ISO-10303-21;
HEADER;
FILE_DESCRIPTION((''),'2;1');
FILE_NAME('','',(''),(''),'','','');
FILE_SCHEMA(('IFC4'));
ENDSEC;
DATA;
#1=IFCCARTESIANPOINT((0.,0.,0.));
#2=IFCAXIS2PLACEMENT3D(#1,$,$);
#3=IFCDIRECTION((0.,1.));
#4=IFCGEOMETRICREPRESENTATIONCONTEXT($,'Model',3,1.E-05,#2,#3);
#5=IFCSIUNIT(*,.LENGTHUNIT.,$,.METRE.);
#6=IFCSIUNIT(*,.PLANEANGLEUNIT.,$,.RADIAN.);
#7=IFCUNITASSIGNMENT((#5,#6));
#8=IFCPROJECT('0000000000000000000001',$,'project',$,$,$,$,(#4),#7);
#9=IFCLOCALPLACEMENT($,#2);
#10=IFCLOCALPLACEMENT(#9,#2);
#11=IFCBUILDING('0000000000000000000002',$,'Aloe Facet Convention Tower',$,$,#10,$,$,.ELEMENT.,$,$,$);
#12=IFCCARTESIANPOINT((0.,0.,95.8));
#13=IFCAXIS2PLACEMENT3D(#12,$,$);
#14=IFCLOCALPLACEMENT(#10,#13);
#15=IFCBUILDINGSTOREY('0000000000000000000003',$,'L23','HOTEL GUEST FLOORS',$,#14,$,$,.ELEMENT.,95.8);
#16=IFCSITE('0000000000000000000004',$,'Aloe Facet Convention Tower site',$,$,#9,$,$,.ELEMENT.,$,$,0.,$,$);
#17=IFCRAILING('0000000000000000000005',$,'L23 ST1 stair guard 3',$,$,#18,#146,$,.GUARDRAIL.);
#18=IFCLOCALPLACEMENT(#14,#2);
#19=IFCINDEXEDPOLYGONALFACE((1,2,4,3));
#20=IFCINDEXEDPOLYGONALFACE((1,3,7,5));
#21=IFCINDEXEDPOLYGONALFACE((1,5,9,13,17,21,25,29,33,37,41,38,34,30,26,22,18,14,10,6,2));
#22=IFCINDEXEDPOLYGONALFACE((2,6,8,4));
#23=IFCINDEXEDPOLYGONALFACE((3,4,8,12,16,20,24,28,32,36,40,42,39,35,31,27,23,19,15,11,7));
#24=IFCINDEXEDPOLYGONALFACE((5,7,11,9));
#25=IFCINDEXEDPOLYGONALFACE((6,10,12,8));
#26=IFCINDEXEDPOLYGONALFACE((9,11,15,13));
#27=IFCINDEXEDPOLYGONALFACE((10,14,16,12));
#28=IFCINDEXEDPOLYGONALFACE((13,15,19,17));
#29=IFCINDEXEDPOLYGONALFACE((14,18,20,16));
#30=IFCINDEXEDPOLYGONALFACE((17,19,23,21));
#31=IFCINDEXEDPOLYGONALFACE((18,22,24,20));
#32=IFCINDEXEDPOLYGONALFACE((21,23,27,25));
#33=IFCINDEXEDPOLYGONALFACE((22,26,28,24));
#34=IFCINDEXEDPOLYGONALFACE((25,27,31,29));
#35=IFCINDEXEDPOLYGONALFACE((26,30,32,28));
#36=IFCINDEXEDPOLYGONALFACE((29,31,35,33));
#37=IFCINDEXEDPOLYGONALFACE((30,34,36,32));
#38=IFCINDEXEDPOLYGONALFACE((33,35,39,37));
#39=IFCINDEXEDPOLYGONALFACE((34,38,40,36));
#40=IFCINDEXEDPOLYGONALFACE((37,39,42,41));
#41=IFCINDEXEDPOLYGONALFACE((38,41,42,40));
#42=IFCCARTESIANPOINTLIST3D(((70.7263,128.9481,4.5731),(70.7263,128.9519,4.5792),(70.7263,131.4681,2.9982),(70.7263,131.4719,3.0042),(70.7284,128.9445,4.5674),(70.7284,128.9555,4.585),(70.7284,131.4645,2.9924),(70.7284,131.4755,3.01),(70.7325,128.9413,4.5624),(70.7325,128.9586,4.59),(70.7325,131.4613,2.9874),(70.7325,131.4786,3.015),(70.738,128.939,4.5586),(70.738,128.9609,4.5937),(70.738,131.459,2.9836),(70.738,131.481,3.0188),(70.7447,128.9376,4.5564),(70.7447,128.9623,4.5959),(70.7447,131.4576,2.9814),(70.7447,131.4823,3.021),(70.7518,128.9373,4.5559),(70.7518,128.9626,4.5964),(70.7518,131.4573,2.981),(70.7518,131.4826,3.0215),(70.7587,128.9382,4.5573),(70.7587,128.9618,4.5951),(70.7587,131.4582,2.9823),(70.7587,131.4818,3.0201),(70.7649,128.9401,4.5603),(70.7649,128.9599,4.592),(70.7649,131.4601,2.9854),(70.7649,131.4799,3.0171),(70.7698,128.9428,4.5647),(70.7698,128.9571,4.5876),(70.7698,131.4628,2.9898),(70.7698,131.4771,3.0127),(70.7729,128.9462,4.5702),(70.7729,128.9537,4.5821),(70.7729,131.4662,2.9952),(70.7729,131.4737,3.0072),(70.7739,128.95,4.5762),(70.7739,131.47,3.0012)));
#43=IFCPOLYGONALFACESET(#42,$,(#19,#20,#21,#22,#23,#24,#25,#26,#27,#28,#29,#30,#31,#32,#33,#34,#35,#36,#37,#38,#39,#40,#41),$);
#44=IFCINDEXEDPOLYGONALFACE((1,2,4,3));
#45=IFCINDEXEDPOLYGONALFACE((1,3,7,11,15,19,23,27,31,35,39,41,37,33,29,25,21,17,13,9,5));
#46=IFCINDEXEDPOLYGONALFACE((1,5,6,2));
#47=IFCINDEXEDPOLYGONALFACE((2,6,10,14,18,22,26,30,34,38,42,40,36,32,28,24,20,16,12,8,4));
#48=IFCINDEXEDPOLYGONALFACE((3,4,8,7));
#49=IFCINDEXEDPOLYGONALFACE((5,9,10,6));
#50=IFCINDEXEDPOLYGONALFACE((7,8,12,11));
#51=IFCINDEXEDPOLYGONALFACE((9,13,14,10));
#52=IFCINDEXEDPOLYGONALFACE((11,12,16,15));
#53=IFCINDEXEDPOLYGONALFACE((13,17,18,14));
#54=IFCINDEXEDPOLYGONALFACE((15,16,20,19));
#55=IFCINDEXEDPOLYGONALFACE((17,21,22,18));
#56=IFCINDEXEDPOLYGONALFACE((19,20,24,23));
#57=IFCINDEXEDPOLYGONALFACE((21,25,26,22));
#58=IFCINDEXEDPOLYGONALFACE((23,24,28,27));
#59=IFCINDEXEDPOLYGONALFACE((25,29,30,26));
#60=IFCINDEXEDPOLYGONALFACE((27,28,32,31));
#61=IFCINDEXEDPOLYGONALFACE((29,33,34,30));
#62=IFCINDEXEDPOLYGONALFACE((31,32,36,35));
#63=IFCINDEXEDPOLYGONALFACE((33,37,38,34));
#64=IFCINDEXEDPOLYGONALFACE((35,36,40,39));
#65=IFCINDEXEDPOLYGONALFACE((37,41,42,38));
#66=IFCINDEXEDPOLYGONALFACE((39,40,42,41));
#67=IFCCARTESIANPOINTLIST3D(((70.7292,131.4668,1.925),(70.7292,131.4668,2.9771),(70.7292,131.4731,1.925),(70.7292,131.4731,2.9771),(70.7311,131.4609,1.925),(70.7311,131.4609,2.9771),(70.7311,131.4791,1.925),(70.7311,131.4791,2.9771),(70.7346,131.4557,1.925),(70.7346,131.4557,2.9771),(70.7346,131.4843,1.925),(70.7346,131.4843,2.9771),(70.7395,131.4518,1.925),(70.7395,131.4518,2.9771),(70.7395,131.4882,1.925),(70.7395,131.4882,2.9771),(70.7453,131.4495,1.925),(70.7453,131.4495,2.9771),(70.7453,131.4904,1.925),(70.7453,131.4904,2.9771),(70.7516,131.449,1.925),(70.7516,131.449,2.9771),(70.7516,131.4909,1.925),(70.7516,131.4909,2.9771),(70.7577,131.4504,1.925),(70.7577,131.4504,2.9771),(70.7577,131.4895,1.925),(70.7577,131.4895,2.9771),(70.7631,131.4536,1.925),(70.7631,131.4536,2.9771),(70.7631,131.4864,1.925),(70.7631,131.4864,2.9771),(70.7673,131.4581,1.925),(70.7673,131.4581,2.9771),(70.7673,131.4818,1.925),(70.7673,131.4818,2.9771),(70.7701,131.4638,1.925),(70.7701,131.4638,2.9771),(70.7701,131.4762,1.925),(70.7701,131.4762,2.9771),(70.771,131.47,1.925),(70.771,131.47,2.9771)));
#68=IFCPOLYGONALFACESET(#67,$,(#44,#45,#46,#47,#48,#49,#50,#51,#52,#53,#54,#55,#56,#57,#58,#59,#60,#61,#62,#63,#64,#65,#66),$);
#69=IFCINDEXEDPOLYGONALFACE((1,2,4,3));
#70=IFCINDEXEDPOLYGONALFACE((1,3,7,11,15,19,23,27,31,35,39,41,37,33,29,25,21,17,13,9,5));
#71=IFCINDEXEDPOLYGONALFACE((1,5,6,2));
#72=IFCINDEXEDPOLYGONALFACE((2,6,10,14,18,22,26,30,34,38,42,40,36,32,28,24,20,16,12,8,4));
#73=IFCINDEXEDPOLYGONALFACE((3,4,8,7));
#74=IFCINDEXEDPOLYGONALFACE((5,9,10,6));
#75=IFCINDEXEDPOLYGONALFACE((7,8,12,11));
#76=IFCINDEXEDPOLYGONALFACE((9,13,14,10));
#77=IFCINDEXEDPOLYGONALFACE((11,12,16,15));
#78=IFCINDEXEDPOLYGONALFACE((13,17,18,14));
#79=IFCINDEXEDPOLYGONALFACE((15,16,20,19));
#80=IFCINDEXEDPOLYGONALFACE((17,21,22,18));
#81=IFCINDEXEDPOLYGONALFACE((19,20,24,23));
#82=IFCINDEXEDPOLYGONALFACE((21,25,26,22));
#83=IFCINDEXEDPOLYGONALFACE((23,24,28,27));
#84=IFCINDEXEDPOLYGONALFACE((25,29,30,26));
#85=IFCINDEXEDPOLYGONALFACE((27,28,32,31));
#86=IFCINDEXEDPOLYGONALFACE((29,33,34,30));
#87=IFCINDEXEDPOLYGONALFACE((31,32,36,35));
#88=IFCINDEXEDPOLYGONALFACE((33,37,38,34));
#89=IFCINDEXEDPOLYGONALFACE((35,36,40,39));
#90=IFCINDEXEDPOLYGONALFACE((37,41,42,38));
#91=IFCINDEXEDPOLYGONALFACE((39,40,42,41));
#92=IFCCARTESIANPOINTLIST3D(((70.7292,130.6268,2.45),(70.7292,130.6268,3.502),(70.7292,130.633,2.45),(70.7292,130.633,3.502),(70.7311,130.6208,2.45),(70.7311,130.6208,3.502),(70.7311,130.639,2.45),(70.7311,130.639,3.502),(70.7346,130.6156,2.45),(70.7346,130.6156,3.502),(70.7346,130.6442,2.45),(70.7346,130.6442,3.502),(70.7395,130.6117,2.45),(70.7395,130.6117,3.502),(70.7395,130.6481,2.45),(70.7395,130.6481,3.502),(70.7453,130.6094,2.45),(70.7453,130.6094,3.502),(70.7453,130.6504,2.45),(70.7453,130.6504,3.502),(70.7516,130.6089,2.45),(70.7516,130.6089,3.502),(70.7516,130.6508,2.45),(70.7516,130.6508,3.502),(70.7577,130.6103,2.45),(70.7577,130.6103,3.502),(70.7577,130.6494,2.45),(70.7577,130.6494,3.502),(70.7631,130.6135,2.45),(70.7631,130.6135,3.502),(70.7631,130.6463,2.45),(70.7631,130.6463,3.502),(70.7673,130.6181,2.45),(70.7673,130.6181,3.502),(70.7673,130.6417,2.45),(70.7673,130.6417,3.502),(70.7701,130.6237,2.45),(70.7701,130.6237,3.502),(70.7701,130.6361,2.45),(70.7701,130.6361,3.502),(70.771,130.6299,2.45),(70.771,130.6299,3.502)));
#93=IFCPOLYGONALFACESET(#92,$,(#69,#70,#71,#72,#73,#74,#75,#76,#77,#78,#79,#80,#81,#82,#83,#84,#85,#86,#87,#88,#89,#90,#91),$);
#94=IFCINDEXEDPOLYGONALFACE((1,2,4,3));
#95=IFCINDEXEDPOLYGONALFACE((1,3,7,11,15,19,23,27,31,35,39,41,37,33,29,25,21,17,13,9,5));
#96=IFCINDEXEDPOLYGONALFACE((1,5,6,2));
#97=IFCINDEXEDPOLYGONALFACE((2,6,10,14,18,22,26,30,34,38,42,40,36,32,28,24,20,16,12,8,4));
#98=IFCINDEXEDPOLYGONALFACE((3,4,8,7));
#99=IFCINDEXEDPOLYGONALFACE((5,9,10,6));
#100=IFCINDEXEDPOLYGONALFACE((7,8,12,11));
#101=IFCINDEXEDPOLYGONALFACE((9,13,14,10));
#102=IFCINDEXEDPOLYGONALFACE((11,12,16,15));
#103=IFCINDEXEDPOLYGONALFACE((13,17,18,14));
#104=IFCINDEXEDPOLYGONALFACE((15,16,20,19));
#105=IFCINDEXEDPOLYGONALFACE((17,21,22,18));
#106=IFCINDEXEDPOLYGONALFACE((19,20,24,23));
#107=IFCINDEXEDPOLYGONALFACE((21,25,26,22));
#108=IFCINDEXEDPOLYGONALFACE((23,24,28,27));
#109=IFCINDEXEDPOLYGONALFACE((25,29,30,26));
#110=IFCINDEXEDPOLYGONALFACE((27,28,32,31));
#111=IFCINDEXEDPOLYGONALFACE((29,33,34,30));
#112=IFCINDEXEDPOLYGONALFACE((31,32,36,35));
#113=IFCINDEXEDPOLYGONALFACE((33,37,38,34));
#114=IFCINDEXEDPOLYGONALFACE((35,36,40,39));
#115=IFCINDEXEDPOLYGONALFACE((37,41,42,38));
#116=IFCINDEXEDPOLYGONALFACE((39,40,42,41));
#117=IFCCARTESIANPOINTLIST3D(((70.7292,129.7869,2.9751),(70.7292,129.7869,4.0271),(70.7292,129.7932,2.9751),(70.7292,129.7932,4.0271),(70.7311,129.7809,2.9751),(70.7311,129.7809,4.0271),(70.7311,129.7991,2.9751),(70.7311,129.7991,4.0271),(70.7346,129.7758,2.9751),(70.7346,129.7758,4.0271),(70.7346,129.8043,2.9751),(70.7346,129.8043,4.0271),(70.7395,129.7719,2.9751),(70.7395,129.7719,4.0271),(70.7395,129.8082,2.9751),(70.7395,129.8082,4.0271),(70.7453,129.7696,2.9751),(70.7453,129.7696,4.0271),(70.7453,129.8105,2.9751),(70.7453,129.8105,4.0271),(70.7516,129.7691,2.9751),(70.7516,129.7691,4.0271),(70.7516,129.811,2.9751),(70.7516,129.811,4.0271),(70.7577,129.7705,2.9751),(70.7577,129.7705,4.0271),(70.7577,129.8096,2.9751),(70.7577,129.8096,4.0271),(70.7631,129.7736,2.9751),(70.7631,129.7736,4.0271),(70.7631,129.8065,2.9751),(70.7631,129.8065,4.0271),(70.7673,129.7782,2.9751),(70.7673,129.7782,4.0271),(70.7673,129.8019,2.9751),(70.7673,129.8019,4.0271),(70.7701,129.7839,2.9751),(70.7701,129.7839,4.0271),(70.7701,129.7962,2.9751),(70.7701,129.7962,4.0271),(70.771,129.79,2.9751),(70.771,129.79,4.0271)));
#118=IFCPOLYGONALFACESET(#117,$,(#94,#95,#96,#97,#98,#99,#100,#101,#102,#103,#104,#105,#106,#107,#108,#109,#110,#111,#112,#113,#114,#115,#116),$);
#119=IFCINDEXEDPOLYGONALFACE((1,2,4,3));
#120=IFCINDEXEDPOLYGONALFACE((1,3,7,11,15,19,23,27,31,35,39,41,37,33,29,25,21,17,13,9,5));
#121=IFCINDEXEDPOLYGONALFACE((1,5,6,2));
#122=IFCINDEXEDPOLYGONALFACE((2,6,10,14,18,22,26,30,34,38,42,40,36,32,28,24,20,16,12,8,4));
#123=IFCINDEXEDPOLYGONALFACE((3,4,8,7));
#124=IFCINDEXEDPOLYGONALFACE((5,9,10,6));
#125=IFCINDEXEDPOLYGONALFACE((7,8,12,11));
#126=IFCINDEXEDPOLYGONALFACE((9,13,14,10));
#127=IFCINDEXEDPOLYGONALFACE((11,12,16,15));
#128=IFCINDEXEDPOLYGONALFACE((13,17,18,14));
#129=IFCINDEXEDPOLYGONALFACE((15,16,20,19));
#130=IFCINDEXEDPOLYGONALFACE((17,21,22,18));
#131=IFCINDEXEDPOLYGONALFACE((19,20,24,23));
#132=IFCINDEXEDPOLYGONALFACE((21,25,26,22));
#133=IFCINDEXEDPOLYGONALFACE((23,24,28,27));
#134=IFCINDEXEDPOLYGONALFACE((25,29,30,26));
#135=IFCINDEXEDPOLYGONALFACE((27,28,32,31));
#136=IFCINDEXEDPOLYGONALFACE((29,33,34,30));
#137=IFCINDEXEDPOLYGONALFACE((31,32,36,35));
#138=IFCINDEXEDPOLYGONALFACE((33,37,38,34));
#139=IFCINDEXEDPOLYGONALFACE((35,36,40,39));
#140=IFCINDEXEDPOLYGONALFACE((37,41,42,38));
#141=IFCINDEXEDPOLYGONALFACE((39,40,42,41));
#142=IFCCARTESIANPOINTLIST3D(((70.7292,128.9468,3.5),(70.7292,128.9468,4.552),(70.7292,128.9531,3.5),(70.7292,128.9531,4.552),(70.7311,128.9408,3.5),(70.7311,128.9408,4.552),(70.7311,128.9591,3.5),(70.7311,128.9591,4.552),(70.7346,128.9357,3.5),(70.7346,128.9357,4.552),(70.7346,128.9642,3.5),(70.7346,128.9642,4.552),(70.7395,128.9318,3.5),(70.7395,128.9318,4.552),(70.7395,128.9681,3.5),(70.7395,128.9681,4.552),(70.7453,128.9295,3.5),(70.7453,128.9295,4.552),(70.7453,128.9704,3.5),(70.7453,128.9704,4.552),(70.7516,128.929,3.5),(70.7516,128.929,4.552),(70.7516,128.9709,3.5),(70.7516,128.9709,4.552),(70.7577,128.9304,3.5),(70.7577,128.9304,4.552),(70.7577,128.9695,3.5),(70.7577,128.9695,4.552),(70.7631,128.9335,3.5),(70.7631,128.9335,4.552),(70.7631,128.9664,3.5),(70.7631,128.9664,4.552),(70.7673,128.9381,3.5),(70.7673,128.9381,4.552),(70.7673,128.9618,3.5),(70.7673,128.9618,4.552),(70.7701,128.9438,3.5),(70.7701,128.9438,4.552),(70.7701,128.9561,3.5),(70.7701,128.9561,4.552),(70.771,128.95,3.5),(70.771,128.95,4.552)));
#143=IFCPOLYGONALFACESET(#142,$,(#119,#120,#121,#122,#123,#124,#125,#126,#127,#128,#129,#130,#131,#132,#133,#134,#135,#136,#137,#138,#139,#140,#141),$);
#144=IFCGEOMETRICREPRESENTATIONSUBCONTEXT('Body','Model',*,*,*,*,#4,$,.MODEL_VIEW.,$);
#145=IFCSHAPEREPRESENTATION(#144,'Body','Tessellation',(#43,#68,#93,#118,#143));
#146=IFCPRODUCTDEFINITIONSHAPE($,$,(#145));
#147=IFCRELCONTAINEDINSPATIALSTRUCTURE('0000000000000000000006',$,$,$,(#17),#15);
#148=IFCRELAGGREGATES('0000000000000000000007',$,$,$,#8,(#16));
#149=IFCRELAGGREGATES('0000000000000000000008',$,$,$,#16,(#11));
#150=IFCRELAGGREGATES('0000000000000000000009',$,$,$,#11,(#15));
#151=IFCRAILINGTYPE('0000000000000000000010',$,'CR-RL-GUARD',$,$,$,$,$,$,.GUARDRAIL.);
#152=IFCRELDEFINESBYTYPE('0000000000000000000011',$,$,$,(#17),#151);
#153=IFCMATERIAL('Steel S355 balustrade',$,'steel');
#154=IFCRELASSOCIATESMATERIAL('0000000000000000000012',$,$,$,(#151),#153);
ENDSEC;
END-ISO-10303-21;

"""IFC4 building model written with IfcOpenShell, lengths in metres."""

from ifc_helpers import new_model, si_unit, direction, frame, origin, origin_2d, place, context, subcontext, project, spatial, circle, extrude, material, type_object, element, save


model = new_model("IFC4")

# Units and contexts
model_context = context("Model", 3, precision=1e-05, world=origin(), true_north=direction((0.0, 1.0)))
body_context = subcontext(model_context, "Body", "Model", "MODEL_VIEW")
ifc_project = project(units=[si_unit("LENGTHUNIT", "METRE"), si_unit("PLANEANGLEUNIT", "RADIAN")], contexts=[model_context])

# Site, building, storey
site_placement = place(None, origin())
site = spatial("IfcSite", under=ifc_project, at=site_placement, Name="Aloe Facet Convention Tower site", CompositionType="ELEMENT", RefElevation=0.0)
building_placement = place(site_placement, origin())
building = spatial("IfcBuilding", under=site, at=building_placement, Name="Aloe Facet Convention Tower", CompositionType="ELEMENT")
storey_placement = place(building_placement, frame((0.0, 0.0, 95.8)))
storey = spatial("IfcBuildingStorey", under=building, at=storey_placement, Name="L23", Description="HOTEL GUEST FLOORS", CompositionType="ELEMENT", Elevation=95.8)

# Railing
ifc_material_1 = material(Name="Steel S355 balustrade", Category="steel")
railing_type_1 = type_object("IfcRailingType", Name="CR-RL-GUARD", PredefinedType="GUARDRAIL", material=ifc_material_1)
railing_1_placement = place(storey_placement, frame((70.75, 131.47, 1.925)))
element("IfcRailing", 1, at=railing_1_placement, inside=storey, type_object=railing_type_1, Name="L23 ST1 stair guard 3", PredefinedType="GUARDRAIL", context=body_context, shape_type="SweptSolid", body=[
    extrude(circle(Radius=0.0239, at=origin_2d()), frame((0.0, 0.0, 1.0762), z_axis=(0.0, -0.848008, 0.529984), x_axis=(1.0, 0.0, 0.0)), (0.0, 0.0, 1.0), 2.9717),
    extrude(circle(Radius=0.021, at=origin_2d()), origin(), (0.0, 0.0, 1.0), 1.052),
    extrude(circle(Radius=0.021, at=origin_2d()), frame((0.0, -0.8401, 0.5249)), (0.0, 0.0, 1.0), 1.052),
    extrude(circle(Radius=0.021, at=origin_2d()), frame((0.0, -1.6799, 1.05)), (0.0, 0.0, 1.0), 1.052),
    extrude(circle(Radius=0.021, at=origin_2d()), frame((0.0, -2.52, 1.575)), (0.0, 0.0, 1.0), 1.052),
])

save(model, "model.ifc")
